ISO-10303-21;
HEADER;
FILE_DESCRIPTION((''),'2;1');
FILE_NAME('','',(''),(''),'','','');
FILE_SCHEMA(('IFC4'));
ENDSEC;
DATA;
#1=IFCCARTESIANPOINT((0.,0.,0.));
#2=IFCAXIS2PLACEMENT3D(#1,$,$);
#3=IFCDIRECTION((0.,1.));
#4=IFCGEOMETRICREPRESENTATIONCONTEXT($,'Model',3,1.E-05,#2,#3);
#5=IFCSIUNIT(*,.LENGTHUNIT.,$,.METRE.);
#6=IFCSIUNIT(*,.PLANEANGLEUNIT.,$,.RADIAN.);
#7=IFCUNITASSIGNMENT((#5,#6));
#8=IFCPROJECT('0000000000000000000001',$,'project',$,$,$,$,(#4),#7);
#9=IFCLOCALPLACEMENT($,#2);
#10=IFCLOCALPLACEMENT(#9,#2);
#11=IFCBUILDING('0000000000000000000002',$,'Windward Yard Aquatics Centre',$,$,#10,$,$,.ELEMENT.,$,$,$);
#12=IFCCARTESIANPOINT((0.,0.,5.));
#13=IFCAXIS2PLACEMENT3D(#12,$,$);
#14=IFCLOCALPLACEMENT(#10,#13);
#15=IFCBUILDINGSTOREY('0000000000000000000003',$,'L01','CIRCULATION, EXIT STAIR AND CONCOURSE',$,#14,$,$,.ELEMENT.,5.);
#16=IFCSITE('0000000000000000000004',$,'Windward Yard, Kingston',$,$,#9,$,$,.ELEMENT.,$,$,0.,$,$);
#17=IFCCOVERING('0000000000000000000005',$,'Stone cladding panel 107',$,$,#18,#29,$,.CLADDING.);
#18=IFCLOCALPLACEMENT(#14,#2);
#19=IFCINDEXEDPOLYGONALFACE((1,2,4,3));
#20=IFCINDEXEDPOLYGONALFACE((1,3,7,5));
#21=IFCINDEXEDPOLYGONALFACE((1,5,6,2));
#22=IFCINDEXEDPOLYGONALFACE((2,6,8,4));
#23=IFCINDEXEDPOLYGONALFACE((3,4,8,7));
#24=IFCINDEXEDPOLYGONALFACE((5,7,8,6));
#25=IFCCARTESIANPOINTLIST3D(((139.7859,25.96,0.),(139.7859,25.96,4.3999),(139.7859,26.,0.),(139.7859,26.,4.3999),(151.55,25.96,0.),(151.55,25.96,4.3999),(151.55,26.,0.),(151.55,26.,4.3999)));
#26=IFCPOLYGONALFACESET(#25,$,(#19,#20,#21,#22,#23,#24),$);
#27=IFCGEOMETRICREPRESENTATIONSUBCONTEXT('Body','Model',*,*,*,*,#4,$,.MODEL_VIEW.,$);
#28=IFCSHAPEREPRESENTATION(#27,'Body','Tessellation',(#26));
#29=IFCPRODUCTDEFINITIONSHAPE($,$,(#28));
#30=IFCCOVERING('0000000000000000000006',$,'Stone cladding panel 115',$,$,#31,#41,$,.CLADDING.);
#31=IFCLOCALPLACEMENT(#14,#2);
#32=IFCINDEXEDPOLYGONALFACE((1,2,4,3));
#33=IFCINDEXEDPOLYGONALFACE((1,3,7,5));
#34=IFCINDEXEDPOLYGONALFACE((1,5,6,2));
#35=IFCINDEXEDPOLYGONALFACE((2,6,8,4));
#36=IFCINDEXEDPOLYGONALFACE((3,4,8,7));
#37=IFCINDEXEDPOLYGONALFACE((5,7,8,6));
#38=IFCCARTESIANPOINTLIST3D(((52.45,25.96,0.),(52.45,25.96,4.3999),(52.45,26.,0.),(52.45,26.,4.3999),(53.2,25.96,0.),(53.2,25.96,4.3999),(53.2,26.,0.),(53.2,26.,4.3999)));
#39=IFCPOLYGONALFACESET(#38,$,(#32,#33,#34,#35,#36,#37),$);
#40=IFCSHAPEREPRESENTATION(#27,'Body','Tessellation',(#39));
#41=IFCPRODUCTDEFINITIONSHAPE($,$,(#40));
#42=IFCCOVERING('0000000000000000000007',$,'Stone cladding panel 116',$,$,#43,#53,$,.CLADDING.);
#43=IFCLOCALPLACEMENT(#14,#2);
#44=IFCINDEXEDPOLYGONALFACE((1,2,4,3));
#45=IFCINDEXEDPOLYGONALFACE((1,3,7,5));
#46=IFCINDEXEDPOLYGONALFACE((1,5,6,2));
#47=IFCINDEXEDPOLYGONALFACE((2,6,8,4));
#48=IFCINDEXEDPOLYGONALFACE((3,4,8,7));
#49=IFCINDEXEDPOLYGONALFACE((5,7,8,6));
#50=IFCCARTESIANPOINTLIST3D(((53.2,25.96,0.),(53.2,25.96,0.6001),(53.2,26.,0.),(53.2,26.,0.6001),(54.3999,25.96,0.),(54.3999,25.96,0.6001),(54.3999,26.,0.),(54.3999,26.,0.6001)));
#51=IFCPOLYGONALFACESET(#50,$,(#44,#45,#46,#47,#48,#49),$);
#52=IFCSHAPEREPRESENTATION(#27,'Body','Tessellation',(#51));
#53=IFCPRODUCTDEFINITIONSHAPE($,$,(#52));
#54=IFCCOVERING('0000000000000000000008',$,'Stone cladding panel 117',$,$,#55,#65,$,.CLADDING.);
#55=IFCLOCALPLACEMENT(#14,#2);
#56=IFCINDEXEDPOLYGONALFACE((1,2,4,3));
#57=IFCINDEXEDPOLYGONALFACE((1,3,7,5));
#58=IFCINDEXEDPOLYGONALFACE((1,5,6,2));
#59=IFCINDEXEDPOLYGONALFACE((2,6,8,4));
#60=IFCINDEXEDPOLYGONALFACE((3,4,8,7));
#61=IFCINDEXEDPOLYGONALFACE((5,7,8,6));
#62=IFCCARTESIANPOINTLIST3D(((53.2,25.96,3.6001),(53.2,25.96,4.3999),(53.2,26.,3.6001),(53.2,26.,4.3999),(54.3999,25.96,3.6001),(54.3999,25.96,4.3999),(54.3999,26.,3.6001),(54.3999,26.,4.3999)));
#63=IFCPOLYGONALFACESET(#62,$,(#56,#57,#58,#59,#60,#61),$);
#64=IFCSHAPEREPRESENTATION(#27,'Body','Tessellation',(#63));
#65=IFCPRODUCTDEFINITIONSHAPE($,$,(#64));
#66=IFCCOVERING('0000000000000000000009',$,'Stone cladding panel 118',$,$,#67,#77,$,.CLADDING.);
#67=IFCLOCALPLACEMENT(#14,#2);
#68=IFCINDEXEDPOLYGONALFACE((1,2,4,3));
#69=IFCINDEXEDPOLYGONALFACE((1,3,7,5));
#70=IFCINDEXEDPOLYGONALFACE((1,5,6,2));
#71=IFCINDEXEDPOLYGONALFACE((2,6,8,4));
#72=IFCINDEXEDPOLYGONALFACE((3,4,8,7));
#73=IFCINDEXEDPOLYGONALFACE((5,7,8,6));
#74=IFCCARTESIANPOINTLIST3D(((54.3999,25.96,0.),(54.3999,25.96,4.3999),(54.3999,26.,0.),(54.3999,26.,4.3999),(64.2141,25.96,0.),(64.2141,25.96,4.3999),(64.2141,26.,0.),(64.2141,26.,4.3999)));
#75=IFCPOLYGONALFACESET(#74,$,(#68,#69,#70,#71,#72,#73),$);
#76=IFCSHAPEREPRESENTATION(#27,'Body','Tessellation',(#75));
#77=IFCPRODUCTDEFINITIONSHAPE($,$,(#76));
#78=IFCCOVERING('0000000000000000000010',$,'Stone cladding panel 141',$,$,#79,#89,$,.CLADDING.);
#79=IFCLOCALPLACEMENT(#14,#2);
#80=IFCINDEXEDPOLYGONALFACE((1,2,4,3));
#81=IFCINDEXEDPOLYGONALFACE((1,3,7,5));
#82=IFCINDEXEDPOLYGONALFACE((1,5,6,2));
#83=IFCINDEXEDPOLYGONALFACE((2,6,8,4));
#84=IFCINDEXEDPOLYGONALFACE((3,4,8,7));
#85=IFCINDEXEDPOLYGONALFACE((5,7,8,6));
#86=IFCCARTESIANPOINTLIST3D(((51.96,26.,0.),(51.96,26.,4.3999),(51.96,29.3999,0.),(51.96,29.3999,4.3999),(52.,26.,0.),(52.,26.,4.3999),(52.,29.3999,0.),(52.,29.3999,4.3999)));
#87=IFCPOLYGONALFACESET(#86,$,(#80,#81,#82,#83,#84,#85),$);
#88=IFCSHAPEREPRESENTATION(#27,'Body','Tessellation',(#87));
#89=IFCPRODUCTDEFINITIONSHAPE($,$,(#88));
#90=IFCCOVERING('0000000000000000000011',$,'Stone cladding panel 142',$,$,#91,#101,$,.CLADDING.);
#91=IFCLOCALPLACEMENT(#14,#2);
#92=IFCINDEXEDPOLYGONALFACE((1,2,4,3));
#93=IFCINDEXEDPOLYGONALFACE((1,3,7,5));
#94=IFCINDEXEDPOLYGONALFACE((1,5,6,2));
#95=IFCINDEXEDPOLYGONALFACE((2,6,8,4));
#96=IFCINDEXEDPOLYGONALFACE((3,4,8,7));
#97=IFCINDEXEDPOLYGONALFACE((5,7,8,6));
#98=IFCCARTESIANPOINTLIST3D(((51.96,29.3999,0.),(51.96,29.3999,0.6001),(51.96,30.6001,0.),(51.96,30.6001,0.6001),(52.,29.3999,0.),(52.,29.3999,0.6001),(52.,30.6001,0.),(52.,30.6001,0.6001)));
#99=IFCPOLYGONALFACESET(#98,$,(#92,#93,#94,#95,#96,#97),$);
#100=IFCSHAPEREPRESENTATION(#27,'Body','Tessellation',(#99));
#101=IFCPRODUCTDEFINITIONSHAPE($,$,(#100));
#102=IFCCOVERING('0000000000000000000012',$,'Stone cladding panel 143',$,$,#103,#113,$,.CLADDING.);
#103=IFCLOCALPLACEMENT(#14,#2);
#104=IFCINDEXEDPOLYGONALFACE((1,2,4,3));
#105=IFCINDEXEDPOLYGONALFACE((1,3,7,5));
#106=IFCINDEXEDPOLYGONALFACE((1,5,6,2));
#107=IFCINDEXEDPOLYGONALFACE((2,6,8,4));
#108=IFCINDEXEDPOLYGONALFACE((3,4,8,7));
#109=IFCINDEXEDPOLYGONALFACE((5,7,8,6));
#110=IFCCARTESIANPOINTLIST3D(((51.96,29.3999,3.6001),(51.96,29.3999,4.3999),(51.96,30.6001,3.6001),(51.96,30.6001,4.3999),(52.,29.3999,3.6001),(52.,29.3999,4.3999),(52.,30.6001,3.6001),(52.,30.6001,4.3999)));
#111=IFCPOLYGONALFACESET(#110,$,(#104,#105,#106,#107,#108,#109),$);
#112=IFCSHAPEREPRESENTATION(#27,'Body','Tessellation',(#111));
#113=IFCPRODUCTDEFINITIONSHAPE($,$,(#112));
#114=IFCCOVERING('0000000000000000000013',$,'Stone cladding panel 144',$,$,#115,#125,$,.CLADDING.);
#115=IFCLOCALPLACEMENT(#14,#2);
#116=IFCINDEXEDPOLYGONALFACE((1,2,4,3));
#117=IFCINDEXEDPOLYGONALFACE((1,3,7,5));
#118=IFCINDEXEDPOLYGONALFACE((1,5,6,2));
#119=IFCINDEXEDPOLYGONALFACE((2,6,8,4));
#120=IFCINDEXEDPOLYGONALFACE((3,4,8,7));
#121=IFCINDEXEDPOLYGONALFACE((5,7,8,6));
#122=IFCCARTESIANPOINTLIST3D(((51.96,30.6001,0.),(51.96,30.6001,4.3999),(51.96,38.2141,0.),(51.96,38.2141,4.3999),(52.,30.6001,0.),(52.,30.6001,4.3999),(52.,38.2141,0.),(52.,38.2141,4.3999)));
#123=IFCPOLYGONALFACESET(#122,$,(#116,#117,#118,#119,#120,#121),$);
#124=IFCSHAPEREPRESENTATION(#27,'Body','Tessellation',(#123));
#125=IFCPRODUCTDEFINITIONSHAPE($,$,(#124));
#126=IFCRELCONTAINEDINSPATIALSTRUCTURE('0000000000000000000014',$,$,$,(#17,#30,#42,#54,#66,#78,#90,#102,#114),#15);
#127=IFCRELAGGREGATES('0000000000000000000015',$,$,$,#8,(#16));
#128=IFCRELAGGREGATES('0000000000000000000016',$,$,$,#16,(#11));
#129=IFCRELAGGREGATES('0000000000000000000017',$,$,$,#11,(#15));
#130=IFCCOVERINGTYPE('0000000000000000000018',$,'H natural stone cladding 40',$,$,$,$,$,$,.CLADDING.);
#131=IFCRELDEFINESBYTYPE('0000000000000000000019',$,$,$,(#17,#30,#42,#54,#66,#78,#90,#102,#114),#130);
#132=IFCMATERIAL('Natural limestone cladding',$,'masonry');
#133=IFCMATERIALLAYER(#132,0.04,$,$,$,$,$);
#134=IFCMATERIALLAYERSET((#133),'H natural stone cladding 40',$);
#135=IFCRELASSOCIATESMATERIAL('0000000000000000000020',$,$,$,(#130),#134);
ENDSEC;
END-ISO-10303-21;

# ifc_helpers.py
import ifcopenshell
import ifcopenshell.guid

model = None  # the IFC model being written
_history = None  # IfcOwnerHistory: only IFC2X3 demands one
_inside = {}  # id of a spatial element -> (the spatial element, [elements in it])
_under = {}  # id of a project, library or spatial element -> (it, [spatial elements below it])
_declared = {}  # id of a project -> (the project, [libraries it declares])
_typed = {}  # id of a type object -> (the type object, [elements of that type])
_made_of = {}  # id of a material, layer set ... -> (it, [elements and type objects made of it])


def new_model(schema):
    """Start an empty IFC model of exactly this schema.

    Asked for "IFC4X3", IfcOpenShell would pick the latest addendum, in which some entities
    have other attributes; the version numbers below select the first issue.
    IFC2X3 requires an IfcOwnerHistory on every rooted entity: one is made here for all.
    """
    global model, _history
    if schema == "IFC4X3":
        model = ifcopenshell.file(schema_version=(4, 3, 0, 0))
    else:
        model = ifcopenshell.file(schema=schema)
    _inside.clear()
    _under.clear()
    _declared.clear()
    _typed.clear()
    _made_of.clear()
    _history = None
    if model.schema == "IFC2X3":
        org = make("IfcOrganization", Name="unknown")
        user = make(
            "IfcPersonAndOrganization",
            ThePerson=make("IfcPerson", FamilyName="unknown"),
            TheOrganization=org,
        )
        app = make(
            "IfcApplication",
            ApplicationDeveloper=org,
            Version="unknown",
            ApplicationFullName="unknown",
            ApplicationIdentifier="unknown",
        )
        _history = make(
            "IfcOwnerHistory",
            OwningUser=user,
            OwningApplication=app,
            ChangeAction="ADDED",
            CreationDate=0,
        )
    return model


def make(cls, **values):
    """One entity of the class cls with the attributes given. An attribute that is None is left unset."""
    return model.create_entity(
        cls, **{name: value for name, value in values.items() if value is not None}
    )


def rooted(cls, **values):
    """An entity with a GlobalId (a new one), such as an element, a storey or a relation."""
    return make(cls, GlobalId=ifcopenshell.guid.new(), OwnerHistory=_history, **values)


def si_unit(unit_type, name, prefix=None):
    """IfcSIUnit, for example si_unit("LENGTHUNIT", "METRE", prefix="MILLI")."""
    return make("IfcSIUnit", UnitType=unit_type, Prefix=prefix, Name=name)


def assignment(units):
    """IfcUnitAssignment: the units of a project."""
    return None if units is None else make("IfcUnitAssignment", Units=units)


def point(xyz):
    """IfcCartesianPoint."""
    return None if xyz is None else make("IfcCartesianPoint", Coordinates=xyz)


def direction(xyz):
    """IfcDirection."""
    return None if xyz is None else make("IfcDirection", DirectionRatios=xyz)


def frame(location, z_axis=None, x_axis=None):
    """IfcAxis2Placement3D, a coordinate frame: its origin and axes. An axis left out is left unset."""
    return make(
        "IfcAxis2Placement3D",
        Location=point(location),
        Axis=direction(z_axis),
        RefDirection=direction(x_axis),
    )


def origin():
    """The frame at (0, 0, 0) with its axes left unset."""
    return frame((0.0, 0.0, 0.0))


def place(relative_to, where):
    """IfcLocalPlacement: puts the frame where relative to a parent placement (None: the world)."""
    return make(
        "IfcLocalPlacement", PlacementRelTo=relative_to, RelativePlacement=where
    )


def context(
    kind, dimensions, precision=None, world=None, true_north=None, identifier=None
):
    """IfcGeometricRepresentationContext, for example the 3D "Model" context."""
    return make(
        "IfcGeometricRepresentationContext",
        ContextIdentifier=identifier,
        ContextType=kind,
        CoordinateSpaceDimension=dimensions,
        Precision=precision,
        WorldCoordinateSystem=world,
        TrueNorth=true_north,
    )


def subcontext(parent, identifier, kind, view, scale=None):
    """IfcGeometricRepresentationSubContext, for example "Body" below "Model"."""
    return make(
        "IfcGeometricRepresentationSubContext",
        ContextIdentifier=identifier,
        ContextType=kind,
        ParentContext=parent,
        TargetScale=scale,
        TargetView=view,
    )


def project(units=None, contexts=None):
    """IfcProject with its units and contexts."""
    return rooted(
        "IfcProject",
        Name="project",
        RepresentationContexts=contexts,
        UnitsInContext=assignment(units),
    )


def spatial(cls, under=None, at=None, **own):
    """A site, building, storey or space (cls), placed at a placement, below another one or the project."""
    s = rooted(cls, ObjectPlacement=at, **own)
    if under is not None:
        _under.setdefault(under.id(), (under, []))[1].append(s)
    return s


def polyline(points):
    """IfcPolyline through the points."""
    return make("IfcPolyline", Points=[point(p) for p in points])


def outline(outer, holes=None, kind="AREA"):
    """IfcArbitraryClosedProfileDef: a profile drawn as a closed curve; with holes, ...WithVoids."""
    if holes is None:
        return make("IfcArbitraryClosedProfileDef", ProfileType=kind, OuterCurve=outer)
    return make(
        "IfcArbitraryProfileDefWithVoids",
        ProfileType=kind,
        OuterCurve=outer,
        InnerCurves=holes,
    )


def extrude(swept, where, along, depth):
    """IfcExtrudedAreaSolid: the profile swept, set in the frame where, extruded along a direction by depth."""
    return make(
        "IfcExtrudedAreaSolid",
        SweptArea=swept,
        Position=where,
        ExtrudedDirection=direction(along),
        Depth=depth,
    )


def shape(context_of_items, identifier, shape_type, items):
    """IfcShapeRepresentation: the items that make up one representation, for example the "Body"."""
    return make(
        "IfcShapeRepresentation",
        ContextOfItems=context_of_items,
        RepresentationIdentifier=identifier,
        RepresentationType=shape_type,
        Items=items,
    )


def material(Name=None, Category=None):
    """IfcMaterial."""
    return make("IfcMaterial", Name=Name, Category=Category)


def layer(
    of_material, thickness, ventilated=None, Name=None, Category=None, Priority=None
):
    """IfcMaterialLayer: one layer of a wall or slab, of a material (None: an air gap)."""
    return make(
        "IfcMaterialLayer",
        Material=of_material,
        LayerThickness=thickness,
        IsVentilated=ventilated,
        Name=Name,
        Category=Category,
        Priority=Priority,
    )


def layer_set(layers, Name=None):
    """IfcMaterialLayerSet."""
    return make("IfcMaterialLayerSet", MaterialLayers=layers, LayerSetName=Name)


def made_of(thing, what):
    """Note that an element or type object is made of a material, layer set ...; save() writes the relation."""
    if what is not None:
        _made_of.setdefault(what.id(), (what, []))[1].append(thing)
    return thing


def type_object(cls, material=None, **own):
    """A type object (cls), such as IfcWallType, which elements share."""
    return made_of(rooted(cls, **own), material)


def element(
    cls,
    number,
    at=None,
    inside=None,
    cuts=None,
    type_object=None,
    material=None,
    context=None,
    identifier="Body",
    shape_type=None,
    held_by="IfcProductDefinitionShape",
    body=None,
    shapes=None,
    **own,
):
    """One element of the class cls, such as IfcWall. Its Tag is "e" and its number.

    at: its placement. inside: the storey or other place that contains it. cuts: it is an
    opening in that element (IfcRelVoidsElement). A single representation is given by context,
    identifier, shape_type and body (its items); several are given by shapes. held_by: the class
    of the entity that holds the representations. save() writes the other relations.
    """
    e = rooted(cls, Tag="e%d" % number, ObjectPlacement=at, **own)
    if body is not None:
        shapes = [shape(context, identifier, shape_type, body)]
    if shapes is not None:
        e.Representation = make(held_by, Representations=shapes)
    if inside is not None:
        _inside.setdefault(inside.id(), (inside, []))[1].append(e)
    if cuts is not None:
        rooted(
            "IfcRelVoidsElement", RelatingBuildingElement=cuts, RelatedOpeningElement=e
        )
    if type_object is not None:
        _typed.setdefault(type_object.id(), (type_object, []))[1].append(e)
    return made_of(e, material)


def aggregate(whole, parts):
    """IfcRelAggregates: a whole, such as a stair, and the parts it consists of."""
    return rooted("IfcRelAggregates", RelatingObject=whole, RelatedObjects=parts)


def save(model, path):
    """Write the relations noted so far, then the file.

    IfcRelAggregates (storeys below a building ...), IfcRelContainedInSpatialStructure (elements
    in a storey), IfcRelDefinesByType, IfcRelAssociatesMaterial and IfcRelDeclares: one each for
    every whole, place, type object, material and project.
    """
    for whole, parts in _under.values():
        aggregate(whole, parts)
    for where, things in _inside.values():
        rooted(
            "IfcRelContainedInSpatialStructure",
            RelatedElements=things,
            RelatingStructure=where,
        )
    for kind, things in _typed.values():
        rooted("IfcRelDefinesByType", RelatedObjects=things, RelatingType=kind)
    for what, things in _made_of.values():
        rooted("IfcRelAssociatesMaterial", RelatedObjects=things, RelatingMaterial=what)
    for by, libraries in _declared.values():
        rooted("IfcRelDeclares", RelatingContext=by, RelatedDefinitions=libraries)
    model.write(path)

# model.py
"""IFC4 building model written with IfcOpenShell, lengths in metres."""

from ifc_helpers import new_model, si_unit, direction, frame, origin, place, context, subcontext, project, spatial, polyline, outline, extrude, material, layer, layer_set, type_object, element, save


model = new_model("IFC4")

# Units and contexts
model_context = context("Model", 3, precision=1e-05, world=origin(), true_north=direction((0.0, 1.0)))
body_context = subcontext(model_context, "Body", "Model", "MODEL_VIEW")
ifc_project = project(units=[si_unit("LENGTHUNIT", "METRE"), si_unit("PLANEANGLEUNIT", "RADIAN")], contexts=[model_context])

# Site, building, storey
site_placement = place(None, origin())
site = spatial("IfcSite", under=ifc_project, at=site_placement, Name="Windward Yard, Kingston", CompositionType="ELEMENT", RefElevation=0.0)
building_placement = place(site_placement, origin())
building = spatial("IfcBuilding", under=site, at=building_placement, Name="Windward Yard Aquatics Centre", CompositionType="ELEMENT")
storey_placement = place(building_placement, frame((0.0, 0.0, 5.0)))
storey = spatial("IfcBuildingStorey", under=building, at=storey_placement, Name="L01", Description="CIRCULATION, EXIT STAIR AND CONCOURSE", CompositionType="ELEMENT", Elevation=5.0)

# Coverings
ifc_material_1 = material(Name="Natural limestone cladding", Category="masonry")
ifc_layer_1 = layer(ifc_material_1, 0.04)
ifc_layer_set_1 = layer_set([ifc_layer_1], Name="H natural stone cladding 40")
covering_type_1 = type_object("IfcCoveringType", Name="H natural stone cladding 40", PredefinedType="CLADDING", material=ifc_layer_set_1)
covering_1_placement = place(storey_placement, origin())
element("IfcCovering", 1, at=covering_1_placement, inside=storey, type_object=covering_type_1, Name="Stone cladding panel 107", PredefinedType="CLADDING", context=body_context, shape_type="SweptSolid", body=[
    extrude(outline(polyline([(139.7859, 25.96), (151.55, 25.96), (151.55, 26.0), (139.7859, 26.0), (139.7859, 25.96)])), origin(), (0.0, 0.0, 1.0), 4.3999),
])
covering_2_placement = place(storey_placement, origin())
element("IfcCovering", 2, at=covering_2_placement, inside=storey, type_object=covering_type_1, Name="Stone cladding panel 115", PredefinedType="CLADDING", context=body_context, shape_type="SweptSolid", body=[
    extrude(outline(polyline([(52.45, 25.96), (52.45, 26.0), (53.2, 26.0), (53.2, 25.96), (52.45, 25.96)])), origin(), (0.0, 0.0, 1.0), 4.3999),
])
covering_3_placement = place(storey_placement, origin())
element("IfcCovering", 3, at=covering_3_placement, inside=storey, type_object=covering_type_1, Name="Stone cladding panel 116", PredefinedType="CLADDING", context=body_context, shape_type="SweptSolid", body=[
    extrude(outline(polyline([(53.2, 25.96), (53.2, 26.0), (54.3999, 26.0), (54.3999, 25.96), (53.2, 25.96)])), origin(), (0.0, 0.0, 1.0), 0.6001),
])
covering_4_placement = place(storey_placement, frame((0.0, 0.0, 3.6001)))
element("IfcCovering", 4, at=covering_4_placement, inside=storey, type_object=covering_type_1, Name="Stone cladding panel 117", PredefinedType="CLADDING", context=body_context, shape_type="SweptSolid", body=[
    extrude(outline(polyline([(53.2, 25.96), (53.2, 26.0), (54.3999, 26.0), (54.3999, 25.96), (53.2, 25.96)])), origin(), (0.0, 0.0, 1.0), 0.7998),
])
covering_5_placement = place(storey_placement, origin())
element("IfcCovering", 5, at=covering_5_placement, inside=storey, type_object=covering_type_1, Name="Stone cladding panel 118", PredefinedType="CLADDING", context=body_context, shape_type="SweptSolid", body=[
    extrude(outline(polyline([(54.3999, 25.96), (54.3999, 26.0), (64.2141, 26.0), (64.2141, 25.96), (54.3999, 25.96)])), origin(), (0.0, 0.0, 1.0), 4.3999),
])
covering_6_placement = place(storey_placement, origin())
element("IfcCovering", 6, at=covering_6_placement, inside=storey, type_object=covering_type_1, Name="Stone cladding panel 141", PredefinedType="CLADDING", context=body_context, shape_type="SweptSolid", body=[
    extrude(outline(polyline([(51.96, 26.0), (52.0, 26.0), (52.0, 29.3999), (51.96, 29.3999), (51.96, 26.0)])), origin(), (0.0, 0.0, 1.0), 4.3999),
])
covering_7_placement = place(storey_placement, origin())
element("IfcCovering", 7, at=covering_7_placement, inside=storey, type_object=covering_type_1, Name="Stone cladding panel 142", PredefinedType="CLADDING", context=body_context, shape_type="SweptSolid", body=[
    extrude(outline(polyline([(51.96, 29.3999), (52.0, 29.3999), (52.0, 30.6001), (51.96, 30.6001), (51.96, 29.3999)])), origin(), (0.0, 0.0, 1.0), 0.6001),
])
covering_8_placement = place(storey_placement, frame((0.0, 0.0, 3.6001)))
element("IfcCovering", 8, at=covering_8_placement, inside=storey, type_object=covering_type_1, Name="Stone cladding panel 143", PredefinedType="CLADDING", context=body_context, shape_type="SweptSolid", body=[
    extrude(outline(polyline([(51.96, 29.3999), (52.0, 29.3999), (52.0, 30.6001), (51.96, 30.6001), (51.96, 29.3999)])), origin(), (0.0, 0.0, 1.0), 0.7998),
])
covering_9_placement = place(storey_placement, origin())
element("IfcCovering", 9, at=covering_9_placement, inside=storey, type_object=covering_type_1, Name="Stone cladding panel 144", PredefinedType="CLADDING", context=body_context, shape_type="SweptSolid", body=[
    extrude(outline(polyline([(51.96, 30.6001), (52.0, 30.6001), (52.0, 38.2141), (51.96, 38.2141), (51.96, 30.6001)])), origin(), (0.0, 0.0, 1.0), 4.3999),
])

save(model, "model.ifc")
